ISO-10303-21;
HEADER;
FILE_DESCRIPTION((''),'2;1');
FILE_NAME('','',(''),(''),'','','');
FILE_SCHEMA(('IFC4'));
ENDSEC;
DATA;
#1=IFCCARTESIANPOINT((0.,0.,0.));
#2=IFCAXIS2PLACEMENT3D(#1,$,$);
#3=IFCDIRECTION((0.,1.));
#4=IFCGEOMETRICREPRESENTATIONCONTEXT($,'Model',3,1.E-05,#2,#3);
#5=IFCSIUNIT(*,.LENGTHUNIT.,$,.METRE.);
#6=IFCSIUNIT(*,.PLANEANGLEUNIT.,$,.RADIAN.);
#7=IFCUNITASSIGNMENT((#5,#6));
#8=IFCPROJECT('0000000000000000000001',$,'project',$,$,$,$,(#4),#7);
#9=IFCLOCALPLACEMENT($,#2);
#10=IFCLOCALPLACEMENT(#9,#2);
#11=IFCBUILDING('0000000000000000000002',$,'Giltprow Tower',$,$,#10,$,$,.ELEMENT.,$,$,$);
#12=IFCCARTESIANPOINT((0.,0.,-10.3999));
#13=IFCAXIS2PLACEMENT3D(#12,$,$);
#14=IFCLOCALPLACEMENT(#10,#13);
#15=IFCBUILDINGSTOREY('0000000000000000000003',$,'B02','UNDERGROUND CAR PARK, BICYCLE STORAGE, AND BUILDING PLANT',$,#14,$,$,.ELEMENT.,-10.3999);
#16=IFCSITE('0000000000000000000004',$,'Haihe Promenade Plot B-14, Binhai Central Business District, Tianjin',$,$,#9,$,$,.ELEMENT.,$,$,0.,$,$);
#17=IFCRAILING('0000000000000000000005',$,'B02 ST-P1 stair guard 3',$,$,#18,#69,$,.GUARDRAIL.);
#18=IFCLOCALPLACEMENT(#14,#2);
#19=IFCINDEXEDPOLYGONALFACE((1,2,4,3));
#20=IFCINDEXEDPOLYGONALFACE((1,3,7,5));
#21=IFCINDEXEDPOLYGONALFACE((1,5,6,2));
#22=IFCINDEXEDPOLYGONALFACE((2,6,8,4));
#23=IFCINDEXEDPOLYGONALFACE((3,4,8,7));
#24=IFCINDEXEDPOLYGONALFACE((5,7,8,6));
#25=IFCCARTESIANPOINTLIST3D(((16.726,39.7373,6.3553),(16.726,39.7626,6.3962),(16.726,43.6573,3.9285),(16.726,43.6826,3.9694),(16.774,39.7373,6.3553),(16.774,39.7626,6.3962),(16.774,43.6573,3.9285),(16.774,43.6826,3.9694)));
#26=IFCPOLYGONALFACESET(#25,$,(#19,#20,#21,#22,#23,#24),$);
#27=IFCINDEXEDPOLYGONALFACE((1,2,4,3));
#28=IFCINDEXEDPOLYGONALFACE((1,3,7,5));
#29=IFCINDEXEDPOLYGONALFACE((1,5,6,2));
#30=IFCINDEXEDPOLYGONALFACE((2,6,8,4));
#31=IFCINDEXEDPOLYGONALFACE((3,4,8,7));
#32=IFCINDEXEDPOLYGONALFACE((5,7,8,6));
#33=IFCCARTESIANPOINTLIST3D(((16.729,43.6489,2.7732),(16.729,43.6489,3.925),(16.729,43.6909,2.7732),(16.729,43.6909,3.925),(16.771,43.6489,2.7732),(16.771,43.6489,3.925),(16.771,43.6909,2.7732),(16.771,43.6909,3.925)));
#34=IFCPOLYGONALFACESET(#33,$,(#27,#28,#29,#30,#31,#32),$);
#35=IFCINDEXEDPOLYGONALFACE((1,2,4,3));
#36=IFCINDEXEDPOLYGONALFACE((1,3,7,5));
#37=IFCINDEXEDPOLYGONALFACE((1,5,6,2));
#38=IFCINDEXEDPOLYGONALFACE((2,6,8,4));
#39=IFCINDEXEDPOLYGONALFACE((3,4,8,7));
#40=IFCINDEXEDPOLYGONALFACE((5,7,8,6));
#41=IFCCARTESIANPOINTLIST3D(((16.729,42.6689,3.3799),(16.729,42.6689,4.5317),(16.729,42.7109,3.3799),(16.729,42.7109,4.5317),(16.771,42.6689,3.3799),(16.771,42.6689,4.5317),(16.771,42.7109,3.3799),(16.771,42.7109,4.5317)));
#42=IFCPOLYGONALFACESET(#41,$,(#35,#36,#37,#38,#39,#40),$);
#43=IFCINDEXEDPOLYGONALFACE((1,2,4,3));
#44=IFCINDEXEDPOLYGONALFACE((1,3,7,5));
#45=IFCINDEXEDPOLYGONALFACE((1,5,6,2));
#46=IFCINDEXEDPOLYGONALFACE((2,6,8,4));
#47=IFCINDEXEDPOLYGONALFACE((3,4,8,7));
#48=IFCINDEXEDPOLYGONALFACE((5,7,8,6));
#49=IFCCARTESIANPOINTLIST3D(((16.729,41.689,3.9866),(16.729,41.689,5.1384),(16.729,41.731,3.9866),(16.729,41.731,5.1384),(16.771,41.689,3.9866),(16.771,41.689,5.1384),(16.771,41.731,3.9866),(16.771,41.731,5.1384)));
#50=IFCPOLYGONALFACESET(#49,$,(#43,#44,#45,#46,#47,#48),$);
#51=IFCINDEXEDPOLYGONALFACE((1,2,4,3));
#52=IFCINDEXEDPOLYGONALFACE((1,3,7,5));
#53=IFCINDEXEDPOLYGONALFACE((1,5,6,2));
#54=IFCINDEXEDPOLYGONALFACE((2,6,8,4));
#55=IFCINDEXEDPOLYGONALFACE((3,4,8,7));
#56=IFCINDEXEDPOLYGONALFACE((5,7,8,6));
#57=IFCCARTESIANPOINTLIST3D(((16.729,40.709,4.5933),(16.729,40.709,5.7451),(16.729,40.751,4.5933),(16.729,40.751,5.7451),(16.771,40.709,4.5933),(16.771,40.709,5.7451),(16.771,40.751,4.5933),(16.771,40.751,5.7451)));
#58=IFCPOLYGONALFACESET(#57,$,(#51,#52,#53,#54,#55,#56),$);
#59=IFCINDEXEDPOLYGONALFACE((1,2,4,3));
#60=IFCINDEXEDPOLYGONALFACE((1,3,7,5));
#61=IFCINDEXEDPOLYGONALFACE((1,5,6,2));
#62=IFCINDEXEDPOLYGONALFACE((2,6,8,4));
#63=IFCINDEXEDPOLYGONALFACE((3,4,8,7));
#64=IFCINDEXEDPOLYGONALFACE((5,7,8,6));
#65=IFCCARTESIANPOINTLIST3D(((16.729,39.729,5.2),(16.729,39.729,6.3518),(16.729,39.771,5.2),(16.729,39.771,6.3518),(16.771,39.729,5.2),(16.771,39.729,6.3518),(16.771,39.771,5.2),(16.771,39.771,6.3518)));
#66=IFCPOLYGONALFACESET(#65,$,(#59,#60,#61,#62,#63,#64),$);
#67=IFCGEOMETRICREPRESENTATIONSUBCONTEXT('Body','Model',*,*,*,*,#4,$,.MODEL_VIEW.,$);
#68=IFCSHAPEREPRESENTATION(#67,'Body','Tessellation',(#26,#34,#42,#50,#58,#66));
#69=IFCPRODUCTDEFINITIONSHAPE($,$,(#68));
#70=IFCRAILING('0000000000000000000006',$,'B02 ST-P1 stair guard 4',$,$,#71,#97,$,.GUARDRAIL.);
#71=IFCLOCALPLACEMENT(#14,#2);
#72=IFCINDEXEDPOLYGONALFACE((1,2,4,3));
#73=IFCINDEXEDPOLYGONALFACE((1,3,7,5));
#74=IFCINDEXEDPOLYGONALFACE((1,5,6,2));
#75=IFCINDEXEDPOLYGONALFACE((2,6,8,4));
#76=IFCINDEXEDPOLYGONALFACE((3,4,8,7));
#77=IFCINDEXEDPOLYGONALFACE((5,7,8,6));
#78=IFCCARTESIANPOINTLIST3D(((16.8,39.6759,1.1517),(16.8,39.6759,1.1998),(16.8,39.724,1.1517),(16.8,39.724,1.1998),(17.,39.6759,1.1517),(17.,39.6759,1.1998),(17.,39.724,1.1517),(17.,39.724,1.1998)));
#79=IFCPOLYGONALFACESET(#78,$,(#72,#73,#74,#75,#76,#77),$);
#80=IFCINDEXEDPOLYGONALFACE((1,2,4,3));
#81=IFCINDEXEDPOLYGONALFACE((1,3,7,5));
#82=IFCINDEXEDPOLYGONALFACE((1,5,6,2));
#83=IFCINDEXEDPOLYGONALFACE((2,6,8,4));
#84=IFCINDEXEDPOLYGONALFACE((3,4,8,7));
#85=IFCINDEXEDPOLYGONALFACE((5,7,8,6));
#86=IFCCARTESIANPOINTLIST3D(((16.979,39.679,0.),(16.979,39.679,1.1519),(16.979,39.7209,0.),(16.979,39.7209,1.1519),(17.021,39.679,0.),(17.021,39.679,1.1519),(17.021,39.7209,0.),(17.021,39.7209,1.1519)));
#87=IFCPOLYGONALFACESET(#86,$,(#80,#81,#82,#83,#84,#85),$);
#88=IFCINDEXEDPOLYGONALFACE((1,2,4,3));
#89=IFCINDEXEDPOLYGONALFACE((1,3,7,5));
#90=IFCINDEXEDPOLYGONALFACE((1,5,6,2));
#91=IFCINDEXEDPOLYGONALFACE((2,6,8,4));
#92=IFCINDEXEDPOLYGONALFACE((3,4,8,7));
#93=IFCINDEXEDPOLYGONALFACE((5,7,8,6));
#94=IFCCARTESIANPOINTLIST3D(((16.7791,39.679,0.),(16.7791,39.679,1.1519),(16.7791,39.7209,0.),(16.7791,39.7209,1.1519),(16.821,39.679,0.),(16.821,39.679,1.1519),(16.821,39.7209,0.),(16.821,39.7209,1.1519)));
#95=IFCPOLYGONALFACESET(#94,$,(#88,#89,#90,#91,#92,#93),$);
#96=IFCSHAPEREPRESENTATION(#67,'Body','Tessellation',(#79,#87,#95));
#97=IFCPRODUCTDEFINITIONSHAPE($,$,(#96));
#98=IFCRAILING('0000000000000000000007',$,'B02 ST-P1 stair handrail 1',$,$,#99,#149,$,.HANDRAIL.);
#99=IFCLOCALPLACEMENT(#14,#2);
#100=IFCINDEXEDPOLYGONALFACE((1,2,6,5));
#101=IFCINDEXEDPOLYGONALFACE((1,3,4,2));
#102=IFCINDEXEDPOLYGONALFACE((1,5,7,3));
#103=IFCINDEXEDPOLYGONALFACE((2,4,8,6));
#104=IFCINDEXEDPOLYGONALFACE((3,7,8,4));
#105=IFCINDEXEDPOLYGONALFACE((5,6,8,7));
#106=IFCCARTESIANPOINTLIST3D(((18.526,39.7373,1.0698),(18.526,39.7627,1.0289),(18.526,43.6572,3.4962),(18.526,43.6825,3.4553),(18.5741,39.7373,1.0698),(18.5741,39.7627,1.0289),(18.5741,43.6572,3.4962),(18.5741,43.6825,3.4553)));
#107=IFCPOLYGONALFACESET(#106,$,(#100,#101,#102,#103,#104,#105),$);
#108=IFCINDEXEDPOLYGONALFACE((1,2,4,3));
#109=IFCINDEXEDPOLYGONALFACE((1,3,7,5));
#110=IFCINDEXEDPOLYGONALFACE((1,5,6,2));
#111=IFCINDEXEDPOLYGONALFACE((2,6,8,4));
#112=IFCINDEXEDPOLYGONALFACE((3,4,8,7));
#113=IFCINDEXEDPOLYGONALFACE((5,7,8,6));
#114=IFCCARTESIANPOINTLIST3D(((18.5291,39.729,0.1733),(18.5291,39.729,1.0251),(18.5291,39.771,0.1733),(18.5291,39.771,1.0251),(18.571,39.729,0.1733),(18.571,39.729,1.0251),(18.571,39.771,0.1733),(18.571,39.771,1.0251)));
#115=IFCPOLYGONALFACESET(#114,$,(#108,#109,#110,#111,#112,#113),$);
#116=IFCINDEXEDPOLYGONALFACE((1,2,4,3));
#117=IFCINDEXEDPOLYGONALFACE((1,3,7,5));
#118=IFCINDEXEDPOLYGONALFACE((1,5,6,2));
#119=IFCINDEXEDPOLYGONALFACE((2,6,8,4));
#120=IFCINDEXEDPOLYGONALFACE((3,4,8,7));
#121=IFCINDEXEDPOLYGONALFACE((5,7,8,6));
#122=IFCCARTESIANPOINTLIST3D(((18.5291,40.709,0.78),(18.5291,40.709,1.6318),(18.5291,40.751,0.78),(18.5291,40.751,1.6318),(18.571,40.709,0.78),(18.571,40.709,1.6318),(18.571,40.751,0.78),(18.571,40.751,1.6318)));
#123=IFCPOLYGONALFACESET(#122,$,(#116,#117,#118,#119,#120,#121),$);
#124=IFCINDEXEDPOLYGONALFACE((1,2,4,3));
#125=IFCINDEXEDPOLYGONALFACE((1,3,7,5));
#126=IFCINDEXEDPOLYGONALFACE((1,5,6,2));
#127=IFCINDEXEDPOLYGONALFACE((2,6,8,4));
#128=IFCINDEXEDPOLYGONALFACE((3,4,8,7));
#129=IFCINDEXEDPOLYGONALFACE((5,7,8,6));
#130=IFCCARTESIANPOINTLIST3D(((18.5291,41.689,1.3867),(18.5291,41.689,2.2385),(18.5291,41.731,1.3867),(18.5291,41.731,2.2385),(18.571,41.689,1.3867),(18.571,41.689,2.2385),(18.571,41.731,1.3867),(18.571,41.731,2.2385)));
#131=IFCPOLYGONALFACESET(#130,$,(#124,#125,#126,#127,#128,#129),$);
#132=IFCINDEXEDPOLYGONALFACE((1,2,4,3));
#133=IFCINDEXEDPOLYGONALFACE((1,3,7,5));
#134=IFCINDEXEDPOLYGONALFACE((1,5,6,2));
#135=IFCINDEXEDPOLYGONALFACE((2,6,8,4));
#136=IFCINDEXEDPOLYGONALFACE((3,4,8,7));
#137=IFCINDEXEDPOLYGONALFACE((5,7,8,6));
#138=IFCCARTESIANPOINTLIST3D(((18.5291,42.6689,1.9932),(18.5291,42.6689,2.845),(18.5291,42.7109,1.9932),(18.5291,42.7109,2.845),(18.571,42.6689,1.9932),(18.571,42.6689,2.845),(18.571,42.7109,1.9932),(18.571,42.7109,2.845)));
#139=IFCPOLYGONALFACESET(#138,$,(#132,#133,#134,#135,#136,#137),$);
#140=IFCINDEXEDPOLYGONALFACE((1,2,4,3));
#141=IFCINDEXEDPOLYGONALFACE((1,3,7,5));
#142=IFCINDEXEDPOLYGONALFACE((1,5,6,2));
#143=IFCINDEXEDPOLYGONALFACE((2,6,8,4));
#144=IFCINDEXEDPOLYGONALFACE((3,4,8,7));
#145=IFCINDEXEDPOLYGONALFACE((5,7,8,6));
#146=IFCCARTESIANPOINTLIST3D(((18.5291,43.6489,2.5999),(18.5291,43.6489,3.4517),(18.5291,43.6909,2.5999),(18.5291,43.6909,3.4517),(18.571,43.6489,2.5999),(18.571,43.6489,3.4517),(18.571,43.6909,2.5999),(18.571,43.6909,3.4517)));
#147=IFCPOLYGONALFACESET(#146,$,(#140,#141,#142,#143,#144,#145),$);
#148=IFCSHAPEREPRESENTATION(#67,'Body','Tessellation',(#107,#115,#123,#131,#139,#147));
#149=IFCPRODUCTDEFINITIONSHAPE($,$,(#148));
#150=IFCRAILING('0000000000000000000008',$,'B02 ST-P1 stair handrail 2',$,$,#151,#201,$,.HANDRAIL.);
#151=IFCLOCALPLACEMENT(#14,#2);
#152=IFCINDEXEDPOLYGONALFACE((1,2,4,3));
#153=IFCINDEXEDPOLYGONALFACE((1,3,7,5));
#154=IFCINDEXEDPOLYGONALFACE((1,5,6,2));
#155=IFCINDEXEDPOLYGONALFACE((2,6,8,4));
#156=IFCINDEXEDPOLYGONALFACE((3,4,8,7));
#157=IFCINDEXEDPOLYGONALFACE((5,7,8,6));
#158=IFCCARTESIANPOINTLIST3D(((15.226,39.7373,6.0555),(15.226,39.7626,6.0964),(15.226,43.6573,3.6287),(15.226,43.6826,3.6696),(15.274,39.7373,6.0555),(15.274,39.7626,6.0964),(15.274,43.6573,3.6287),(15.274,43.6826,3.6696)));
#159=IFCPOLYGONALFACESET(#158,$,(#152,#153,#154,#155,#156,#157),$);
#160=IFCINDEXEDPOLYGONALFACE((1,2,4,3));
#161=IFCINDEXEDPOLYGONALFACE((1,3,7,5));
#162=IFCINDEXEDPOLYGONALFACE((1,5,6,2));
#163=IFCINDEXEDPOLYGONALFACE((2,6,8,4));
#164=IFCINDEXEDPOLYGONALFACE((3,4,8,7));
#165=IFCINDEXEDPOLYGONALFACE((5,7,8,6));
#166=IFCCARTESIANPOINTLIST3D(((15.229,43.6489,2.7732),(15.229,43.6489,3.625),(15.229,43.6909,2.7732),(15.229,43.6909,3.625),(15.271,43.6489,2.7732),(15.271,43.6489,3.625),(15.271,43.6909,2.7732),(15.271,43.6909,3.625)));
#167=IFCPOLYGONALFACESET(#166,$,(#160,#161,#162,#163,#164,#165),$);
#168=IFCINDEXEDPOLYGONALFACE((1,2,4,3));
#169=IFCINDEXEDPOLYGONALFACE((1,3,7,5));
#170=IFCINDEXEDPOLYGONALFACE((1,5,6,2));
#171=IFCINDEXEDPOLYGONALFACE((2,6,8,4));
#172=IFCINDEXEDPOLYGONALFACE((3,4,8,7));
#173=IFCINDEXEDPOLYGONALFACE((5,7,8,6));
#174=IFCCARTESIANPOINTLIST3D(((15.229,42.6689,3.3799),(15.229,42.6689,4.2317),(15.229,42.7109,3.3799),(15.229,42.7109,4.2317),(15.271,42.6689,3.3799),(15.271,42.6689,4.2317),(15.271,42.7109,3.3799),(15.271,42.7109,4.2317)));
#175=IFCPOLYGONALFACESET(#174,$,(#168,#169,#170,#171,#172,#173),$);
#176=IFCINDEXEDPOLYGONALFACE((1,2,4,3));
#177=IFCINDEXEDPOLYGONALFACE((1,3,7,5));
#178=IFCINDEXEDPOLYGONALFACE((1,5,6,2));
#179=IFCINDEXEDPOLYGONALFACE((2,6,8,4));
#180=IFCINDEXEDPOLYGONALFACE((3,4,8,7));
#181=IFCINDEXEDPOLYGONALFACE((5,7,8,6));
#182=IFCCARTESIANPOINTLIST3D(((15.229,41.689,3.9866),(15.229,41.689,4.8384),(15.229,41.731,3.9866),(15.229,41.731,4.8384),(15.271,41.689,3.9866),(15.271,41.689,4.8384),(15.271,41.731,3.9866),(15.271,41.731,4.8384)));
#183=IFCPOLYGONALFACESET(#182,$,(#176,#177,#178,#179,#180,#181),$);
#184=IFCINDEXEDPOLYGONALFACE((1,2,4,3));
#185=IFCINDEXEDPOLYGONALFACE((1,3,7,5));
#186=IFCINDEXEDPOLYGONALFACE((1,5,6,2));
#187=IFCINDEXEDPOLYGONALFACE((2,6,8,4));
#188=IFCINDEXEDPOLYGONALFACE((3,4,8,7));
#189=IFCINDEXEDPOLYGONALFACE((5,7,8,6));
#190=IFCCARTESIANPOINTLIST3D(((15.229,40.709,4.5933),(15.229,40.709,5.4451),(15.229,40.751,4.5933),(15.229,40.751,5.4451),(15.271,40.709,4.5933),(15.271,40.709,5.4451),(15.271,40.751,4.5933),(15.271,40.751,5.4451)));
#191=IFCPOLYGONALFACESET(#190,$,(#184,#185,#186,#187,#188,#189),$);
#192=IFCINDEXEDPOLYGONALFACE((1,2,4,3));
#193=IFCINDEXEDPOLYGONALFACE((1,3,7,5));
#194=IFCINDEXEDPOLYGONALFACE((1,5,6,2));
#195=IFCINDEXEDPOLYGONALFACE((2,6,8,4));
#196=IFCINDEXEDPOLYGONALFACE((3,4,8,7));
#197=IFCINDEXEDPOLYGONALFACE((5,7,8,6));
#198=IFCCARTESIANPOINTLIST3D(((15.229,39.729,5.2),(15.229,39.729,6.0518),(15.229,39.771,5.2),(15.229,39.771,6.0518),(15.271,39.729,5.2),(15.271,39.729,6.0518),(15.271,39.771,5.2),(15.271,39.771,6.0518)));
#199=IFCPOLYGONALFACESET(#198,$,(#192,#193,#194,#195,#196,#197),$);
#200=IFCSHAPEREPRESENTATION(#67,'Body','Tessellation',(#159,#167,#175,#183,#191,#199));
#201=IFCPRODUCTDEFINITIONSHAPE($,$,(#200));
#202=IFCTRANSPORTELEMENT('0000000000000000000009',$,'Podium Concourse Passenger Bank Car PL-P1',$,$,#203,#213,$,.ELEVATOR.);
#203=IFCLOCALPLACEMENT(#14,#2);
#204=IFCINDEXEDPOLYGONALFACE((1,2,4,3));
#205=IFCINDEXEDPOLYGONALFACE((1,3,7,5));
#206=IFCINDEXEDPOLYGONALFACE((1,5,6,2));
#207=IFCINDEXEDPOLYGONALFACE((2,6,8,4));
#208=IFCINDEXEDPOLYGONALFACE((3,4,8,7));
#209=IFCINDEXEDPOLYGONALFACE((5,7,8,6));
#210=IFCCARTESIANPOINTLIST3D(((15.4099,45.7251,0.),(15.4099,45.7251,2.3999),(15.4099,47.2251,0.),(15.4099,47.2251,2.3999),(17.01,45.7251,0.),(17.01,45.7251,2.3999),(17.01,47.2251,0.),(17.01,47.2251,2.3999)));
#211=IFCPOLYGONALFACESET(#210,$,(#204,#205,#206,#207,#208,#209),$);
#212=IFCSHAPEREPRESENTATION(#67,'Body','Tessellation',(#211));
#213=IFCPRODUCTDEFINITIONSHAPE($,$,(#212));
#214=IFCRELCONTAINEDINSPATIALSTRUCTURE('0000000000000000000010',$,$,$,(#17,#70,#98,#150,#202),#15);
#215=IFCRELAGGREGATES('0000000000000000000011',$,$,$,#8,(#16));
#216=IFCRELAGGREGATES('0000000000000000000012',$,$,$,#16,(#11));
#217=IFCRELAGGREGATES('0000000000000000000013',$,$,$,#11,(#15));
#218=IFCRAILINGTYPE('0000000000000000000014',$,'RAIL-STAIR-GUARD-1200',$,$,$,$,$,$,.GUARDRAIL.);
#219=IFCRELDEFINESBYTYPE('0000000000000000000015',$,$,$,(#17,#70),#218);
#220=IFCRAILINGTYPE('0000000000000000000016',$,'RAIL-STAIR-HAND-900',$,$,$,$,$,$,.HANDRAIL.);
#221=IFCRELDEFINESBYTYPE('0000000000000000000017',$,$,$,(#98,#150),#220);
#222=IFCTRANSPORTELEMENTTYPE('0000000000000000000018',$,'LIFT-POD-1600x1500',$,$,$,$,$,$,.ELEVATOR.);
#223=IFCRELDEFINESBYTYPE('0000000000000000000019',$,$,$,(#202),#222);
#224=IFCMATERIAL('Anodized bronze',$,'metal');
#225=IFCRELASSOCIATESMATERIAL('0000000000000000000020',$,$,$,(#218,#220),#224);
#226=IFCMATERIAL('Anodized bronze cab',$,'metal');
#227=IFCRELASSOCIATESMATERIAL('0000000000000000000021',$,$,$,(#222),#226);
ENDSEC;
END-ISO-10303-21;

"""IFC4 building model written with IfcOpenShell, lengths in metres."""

from ifc_helpers import new_model, si_unit, direction, frame, origin, origin_2d, place, context, subcontext, project, spatial, rectangle, extrude, source, transform, mapped, material, type_object, element, save


model = new_model("IFC4")

# Units and contexts
model_context = context("Model", 3, precision=1e-05, world=origin(), true_north=direction((0.0, 1.0)))
body_context = subcontext(model_context, "Body", "Model", "MODEL_VIEW")
ifc_project = project(units=[si_unit("LENGTHUNIT", "METRE"), si_unit("PLANEANGLEUNIT", "RADIAN")], contexts=[model_context])

# Site, building, storey
site_placement = place(None, origin())
site = spatial("IfcSite", under=ifc_project, at=site_placement, Name="Haihe Promenade Plot B-14, Binhai Central Business District, Tianjin", CompositionType="ELEMENT", RefElevation=0.0)
building_placement = place(site_placement, origin())
building = spatial("IfcBuilding", under=site, at=building_placement, Name="Giltprow Tower", CompositionType="ELEMENT")
storey_placement = place(building_placement, frame((0.0, 0.0, -10.3999)))
storey = spatial("IfcBuildingStorey", under=building, at=storey_placement, Name="B02", Description="UNDERGROUND CAR PARK, BICYCLE STORAGE, AND BUILDING PLANT", CompositionType="ELEMENT", Elevation=-10.3999)

# Railings
ifc_material_1 = material(Name="Anodized bronze", Category="metal")
railing_type_1 = type_object("IfcRailingType", Name="RAIL-STAIR-GUARD-1200", PredefinedType="GUARDRAIL", material=ifc_material_1)
railing_1_placement = place(storey_placement, frame((16.75, 43.6699, 2.7732)))
element("IfcRailing", 1, at=railing_1_placement, inside=storey, type_object=railing_type_1, Name="B02 ST-P1 stair guard 3", PredefinedType="GUARDRAIL", context=body_context, shape_type="SweptSolid", body=[
    extrude(rectangle(XDim=0.0481, YDim=0.0481, at=origin_2d()), frame((0.0, 0.0, 1.1758), z_axis=(0.0, -0.850252, 0.526376), x_axis=(1.0, 0.0, 0.0)), (0.0, 0.0, 1.0), 4.6104),
    extrude(rectangle(XDim=0.042, YDim=0.042, at=origin_2d()), origin(), (0.0, 0.0, 1.0), 1.1519),
    extrude(rectangle(XDim=0.042, YDim=0.042, at=origin_2d()), frame((0.0, -0.98, 0.6067)), (0.0, 0.0, 1.0), 1.1519),
    extrude(rectangle(XDim=0.042, YDim=0.042, at=origin_2d()), frame((0.0, -1.96, 1.2134)), (0.0, 0.0, 1.0), 1.1519),
    extrude(rectangle(XDim=0.042, YDim=0.042, at=origin_2d()), frame((0.0, -2.9399, 1.8201)), (0.0, 0.0, 1.0), 1.1519),
    extrude(rectangle(XDim=0.042, YDim=0.042, at=origin_2d()), frame((0.0, -3.9199, 2.4268)), (0.0, 0.0, 1.0), 1.1519),
])
railing_2_placement = place(storey_placement, frame((17.0, 39.7, 0.0)))
element("IfcRailing", 2, at=railing_2_placement, inside=storey, type_object=railing_type_1, Name="B02 ST-P1 stair guard 4", PredefinedType="GUARDRAIL", context=body_context, shape_type="SweptSolid", body=[
    extrude(rectangle(XDim=0.0481, YDim=0.0481, at=origin_2d()), frame((0.0, 0.0, 1.1758), z_axis=(-1.0, 0.0, 0.0), x_axis=(0.0, -1.0, 0.0)), (0.0, 0.0, 1.0), 0.2),
    extrude(rectangle(XDim=0.042, YDim=0.042, at=origin_2d()), origin(), (0.0, 0.0, 1.0), 1.1519),
    extrude(rectangle(XDim=0.042, YDim=0.042, at=origin_2d()), frame((-0.2, 0.0, 0.0)), (0.0, 0.0, 1.0), 1.1519),
])
railing_type_2 = type_object("IfcRailingType", Name="RAIL-STAIR-HAND-900", PredefinedType="HANDRAIL", material=ifc_material_1)
railing_3_placement = place(storey_placement, frame((18.55, 39.75, 0.1733)))
element("IfcRailing", 3, at=railing_3_placement, inside=storey, type_object=railing_type_2, Name="B02 ST-P1 stair handrail 1", PredefinedType="HANDRAIL", context=body_context, shape_type="SweptSolid", body=[
    extrude(rectangle(XDim=0.0481, YDim=0.0481, at=origin_2d()), frame((0.0, 0.0, 0.876), z_axis=(0.0, 0.850275, 0.526338), x_axis=(-1.0, 0.0, 0.0)), (0.0, 0.0, 1.0), 4.6101),
    extrude(rectangle(XDim=0.042, YDim=0.042, at=origin_2d()), origin(), (0.0, 0.0, 1.0), 0.8518),
    extrude(rectangle(XDim=0.042, YDim=0.042, at=origin_2d()), frame((0.0, 0.98, 0.6067)), (0.0, 0.0, 1.0), 0.8518),
    extrude(rectangle(XDim=0.042, YDim=0.042, at=origin_2d()), frame((0.0, 1.96, 1.2134)), (0.0, 0.0, 1.0), 0.8518),
    extrude(rectangle(XDim=0.042, YDim=0.042, at=origin_2d()), frame((0.0, 2.9399, 1.8198)), (0.0, 0.0, 1.0), 0.8518),
    extrude(rectangle(XDim=0.042, YDim=0.042, at=origin_2d()), frame((0.0, 3.9199, 2.4265)), (0.0, 0.0, 1.0), 0.8518),
])
railing_4_placement = place(storey_placement, frame((15.25, 43.6699, 2.7732)))
element("IfcRailing", 4, at=railing_4_placement, inside=storey, type_object=railing_type_2, Name="B02 ST-P1 stair handrail 2", PredefinedType="HANDRAIL", context=body_context, shape_type="SweptSolid", body=[
    extrude(rectangle(XDim=0.0481, YDim=0.0481, at=origin_2d()), frame((0.0, 0.0, 0.876), z_axis=(0.0, -0.850252, 0.526376), x_axis=(1.0, 0.0, 0.0)), (0.0, 0.0, 1.0), 4.6104),
    extrude(rectangle(XDim=0.042, YDim=0.042, at=origin_2d()), origin(), (0.0, 0.0, 1.0), 0.8518),
    extrude(rectangle(XDim=0.042, YDim=0.042, at=origin_2d()), frame((0.0, -0.98, 0.6067)), (0.0, 0.0, 1.0), 0.8518),
    extrude(rectangle(XDim=0.042, YDim=0.042, at=origin_2d()), frame((0.0, -1.96, 1.2134)), (0.0, 0.0, 1.0), 0.8518),
    extrude(rectangle(XDim=0.042, YDim=0.042, at=origin_2d()), frame((0.0, -2.9399, 1.8201)), (0.0, 0.0, 1.0), 0.8518),
    extrude(rectangle(XDim=0.042, YDim=0.042, at=origin_2d()), frame((0.0, -3.9199, 2.4268)), (0.0, 0.0, 1.0), 0.8518),
])

# Transport element
ifc_material_2 = material(Name="Anodized bronze cab", Category="metal")
transport_element_type = type_object("IfcTransportElementType", Name="LIFT-POD-1600x1500", PredefinedType="ELEVATOR", material=ifc_material_2)
shared_shape_1 = source(origin(), body_context, "Body", "SweptSolid", [
    extrude(rectangle(XDim=1.6001, YDim=1.5, at=origin_2d()), origin(), (0.0, 0.0, 1.0), 2.3999),
])
transport_element_placement = place(storey_placement, frame((16.21, 46.4751, 0.0), z_axis=(0.0, 0.0, 1.0), x_axis=(1.0, 0.0, 0.0)))
element("IfcTransportElement", 5, at=transport_element_placement, inside=storey, type_object=transport_element_type, Name="Podium Concourse Passenger Bank Car PL-P1", PredefinedType="ELEVATOR", context=body_context, shape_type="MappedRepresentation", body=[
    mapped(shared_shape_1, transform((0.0, 0.0, 0.0), x_axis=(1.0, 0.0, 0.0), y_axis=(0.0, 1.0, 0.0), z_axis=(0.0, 0.0, 1.0), scale=1.0)),
])

save(model, "model.ifc")
